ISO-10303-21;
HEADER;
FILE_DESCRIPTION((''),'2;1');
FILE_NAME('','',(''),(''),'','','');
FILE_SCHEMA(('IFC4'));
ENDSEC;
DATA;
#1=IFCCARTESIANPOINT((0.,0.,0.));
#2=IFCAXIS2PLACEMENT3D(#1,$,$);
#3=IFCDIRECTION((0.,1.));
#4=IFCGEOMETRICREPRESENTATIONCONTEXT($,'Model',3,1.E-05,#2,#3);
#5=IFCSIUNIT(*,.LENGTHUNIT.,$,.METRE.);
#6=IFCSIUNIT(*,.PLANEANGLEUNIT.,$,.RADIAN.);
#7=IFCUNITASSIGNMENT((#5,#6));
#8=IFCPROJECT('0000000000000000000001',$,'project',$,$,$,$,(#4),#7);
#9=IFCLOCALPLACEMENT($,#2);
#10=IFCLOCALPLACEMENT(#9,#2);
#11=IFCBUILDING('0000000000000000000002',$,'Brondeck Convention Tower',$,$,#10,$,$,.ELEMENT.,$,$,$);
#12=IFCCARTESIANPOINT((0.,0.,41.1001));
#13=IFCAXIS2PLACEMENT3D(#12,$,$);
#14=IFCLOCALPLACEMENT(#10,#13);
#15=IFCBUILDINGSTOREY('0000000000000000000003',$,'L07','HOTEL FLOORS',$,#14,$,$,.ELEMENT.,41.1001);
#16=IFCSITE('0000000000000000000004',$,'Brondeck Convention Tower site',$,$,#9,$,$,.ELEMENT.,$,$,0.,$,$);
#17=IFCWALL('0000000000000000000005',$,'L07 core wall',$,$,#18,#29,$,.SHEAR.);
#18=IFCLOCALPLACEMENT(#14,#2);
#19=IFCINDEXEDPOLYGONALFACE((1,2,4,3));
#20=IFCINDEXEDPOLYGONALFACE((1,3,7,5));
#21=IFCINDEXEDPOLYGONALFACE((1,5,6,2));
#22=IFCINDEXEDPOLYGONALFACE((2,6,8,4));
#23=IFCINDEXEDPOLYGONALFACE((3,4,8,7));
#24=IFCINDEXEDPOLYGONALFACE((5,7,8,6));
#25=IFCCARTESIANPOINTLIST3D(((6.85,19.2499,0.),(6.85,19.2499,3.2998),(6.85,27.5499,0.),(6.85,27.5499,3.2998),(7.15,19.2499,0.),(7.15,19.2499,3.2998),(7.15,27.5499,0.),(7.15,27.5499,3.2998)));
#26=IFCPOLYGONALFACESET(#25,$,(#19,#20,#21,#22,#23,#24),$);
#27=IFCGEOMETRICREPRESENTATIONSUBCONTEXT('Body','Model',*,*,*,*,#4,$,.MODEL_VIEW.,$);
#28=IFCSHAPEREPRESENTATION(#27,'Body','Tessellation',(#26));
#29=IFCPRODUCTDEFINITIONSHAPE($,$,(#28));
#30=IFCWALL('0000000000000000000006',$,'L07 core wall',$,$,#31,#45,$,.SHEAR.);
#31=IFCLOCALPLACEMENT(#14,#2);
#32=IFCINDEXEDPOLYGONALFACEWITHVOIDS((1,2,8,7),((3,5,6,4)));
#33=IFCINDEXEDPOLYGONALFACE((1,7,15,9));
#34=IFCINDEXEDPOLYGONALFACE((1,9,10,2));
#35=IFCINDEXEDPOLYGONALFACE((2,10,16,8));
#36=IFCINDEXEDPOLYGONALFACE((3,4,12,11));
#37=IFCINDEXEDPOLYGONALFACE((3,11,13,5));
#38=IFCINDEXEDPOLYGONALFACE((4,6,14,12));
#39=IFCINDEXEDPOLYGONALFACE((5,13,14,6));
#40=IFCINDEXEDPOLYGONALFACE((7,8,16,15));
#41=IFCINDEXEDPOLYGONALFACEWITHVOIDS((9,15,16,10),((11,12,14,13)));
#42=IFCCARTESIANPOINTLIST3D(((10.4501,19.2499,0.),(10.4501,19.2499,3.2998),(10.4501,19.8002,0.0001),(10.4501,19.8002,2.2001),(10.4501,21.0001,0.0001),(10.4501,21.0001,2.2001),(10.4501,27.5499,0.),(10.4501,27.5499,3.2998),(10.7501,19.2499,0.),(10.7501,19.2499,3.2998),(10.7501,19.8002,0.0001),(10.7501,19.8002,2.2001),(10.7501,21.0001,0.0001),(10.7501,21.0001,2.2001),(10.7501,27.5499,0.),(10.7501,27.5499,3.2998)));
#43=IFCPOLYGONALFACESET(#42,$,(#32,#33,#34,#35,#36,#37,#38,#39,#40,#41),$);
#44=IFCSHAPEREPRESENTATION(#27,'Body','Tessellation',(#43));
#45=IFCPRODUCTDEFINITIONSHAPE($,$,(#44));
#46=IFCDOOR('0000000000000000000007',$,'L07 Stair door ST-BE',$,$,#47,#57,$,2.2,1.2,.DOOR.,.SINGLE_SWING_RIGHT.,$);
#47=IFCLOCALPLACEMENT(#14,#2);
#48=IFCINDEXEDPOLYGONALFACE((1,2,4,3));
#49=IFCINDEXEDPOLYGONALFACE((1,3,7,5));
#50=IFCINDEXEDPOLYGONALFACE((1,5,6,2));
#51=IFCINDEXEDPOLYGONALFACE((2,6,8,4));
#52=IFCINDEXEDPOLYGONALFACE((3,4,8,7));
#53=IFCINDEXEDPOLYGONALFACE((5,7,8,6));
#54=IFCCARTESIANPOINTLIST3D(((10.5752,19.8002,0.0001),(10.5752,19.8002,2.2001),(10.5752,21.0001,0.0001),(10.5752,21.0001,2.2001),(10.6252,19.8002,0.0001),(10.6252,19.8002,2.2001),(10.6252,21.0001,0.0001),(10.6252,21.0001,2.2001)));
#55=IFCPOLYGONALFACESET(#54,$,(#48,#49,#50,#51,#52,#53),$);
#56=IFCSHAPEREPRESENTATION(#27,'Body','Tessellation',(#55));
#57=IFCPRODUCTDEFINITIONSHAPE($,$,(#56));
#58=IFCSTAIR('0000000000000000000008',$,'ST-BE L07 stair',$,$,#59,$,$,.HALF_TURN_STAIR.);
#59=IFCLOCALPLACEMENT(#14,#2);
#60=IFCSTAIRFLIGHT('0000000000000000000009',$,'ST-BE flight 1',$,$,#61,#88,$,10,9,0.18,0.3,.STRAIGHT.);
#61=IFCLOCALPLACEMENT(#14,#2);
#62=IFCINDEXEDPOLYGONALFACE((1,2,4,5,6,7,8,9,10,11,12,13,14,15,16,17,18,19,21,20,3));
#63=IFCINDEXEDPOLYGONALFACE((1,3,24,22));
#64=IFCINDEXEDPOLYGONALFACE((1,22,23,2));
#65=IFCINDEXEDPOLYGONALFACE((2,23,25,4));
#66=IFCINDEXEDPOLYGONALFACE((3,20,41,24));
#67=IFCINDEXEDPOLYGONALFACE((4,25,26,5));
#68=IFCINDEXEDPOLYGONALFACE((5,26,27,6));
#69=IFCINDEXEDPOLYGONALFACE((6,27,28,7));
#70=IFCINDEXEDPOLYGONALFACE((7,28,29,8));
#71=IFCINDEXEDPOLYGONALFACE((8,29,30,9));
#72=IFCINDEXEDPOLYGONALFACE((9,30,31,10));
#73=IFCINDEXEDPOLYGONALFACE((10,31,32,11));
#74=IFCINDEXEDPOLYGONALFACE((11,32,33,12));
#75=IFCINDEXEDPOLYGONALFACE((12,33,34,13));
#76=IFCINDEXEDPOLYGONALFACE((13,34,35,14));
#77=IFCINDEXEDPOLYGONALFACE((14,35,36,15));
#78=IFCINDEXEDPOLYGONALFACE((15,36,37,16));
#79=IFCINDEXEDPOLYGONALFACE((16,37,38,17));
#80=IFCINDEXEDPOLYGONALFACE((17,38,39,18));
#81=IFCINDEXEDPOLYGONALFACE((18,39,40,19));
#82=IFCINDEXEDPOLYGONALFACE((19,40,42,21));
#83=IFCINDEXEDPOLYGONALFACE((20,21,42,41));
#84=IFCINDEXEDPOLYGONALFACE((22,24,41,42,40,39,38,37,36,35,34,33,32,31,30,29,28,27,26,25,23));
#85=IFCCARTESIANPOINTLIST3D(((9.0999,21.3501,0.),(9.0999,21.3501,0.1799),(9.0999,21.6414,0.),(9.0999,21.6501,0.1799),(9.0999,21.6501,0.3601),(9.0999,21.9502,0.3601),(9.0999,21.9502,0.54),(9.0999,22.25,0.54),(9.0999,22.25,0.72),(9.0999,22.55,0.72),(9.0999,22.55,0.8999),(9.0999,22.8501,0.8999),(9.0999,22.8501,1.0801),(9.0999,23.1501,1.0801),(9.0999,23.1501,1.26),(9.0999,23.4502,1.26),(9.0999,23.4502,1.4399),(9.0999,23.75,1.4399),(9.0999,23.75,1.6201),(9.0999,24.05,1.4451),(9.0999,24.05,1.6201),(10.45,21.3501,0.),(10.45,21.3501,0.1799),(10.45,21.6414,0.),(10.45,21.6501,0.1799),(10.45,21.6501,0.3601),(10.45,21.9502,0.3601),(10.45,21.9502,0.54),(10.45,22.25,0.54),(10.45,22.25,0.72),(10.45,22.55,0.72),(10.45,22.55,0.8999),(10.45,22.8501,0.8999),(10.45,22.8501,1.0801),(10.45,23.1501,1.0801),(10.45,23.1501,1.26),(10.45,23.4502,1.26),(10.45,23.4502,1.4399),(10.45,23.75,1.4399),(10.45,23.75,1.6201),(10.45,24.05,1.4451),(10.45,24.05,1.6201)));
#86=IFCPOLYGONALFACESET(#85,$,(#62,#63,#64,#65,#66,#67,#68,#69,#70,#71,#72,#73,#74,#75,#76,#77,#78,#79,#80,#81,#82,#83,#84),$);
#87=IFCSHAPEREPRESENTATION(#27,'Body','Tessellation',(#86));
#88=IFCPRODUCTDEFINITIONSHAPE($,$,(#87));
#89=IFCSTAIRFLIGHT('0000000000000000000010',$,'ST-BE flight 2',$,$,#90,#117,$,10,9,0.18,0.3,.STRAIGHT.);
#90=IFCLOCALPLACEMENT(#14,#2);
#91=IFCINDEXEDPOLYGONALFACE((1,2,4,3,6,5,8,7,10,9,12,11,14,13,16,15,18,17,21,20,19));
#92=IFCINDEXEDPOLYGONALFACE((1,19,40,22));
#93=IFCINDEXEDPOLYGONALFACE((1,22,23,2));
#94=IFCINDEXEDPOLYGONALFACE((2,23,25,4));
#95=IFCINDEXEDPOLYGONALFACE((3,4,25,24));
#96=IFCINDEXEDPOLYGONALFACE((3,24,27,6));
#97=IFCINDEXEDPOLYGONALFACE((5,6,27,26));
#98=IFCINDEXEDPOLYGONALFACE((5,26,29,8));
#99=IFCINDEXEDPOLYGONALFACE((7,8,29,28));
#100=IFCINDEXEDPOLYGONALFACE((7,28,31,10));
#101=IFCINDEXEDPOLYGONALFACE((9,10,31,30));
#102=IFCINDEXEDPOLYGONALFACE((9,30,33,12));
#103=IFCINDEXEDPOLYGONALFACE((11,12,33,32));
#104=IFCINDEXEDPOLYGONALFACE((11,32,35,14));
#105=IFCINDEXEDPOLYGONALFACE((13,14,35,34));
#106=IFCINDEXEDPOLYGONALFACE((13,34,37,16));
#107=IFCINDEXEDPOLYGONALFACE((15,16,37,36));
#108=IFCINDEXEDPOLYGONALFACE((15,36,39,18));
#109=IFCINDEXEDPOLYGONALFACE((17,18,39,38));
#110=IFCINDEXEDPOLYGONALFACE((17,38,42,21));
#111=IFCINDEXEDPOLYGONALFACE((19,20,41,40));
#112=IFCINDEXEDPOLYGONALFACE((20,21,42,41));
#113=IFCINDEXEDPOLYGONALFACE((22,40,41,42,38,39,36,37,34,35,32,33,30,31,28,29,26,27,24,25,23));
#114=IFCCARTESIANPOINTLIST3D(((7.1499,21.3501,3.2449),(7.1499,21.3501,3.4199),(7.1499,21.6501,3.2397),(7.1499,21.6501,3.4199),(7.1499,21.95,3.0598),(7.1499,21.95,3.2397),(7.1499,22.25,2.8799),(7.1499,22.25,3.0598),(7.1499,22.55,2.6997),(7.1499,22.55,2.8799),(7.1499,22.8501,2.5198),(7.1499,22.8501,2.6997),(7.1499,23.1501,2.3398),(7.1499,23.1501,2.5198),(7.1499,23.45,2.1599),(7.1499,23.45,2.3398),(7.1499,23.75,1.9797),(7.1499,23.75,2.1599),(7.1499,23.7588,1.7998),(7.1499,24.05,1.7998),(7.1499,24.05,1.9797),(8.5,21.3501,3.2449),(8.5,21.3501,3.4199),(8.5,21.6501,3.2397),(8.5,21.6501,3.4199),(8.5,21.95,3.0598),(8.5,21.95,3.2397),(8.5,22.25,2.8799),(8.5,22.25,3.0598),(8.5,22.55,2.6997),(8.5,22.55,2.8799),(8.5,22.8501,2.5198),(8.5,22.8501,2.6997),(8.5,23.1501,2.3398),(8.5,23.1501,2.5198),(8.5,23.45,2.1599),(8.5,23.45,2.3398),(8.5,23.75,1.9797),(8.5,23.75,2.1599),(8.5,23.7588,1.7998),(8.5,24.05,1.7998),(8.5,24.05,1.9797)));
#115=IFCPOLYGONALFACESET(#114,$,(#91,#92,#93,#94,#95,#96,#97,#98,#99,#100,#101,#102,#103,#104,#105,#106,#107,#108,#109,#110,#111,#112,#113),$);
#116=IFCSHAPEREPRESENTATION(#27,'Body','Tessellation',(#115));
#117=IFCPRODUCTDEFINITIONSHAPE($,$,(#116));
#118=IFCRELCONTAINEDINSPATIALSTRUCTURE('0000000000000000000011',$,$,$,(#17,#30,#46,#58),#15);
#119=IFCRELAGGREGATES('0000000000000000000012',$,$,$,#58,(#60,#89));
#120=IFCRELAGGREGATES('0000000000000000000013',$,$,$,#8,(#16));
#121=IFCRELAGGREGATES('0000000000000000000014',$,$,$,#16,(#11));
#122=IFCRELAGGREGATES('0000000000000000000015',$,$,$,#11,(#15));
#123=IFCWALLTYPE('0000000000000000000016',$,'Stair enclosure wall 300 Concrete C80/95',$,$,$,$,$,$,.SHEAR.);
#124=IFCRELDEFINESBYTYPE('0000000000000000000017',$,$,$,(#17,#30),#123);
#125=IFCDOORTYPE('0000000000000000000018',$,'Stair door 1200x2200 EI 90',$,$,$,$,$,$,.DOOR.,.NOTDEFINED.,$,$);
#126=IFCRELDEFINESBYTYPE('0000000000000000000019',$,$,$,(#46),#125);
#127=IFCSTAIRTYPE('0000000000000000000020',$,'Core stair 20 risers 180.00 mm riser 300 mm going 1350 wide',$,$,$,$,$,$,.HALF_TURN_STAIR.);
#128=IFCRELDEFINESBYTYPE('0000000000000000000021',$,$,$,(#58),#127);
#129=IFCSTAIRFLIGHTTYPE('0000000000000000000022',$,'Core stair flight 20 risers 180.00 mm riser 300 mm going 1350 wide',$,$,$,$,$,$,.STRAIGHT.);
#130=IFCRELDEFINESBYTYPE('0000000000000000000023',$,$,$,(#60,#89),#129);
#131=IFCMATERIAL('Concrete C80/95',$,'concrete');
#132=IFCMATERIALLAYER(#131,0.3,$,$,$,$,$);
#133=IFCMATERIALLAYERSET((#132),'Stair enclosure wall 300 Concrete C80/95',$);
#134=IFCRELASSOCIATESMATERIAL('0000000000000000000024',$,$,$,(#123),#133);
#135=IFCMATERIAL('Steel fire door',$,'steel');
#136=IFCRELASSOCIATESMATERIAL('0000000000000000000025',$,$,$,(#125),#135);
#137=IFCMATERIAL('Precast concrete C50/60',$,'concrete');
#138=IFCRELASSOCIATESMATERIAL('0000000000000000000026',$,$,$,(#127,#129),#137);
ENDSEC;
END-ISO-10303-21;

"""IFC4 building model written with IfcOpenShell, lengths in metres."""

from ifc_helpers import new_model, si_unit, direction, frame, frame_2d, origin, place, context, subcontext, project, spatial, polyline, rectangle, outline, extrude, material, layer, layer_set, type_object, element, fill, aggregate, save


model = new_model("IFC4")

# Units and contexts
model_context = context("Model", 3, precision=1e-05, world=origin(), true_north=direction((0.0, 1.0)))
body_context = subcontext(model_context, "Body", "Model", "MODEL_VIEW")
ifc_project = project(units=[si_unit("LENGTHUNIT", "METRE"), si_unit("PLANEANGLEUNIT", "RADIAN")], contexts=[model_context])

# Site, building, storey
site_placement = place(None, origin())
site = spatial("IfcSite", under=ifc_project, at=site_placement, Name="Brondeck Convention Tower site", CompositionType="ELEMENT", RefElevation=0.0)
building_placement = place(site_placement, origin())
building = spatial("IfcBuilding", under=site, at=building_placement, Name="Brondeck Convention Tower", CompositionType="ELEMENT")
storey_placement = place(building_placement, frame((0.0, 0.0, 41.1001)))
storey = spatial("IfcBuildingStorey", under=building, at=storey_placement, Name="L07", Description="HOTEL FLOORS", CompositionType="ELEMENT", Elevation=41.1001)

# Shared definitions
ifc_material_1 = material(Name="Concrete C80/95", Category="concrete")

# Wall
ifc_layer_1 = layer(ifc_material_1, 0.3)
ifc_layer_set_1 = layer_set([ifc_layer_1], Name="Stair enclosure wall 300 Concrete C80/95")
wall_type_1 = type_object("IfcWallType", Name="Stair enclosure wall 300 Concrete C80/95", PredefinedType="SHEAR", material=ifc_layer_set_1)
wall_1_placement = place(storey_placement, frame((7.0, 19.25, 0.0), z_axis=(0.0, 0.0, 1.0), x_axis=(0.0, 1.0, 0.0)))
element("IfcWall", 1, at=wall_1_placement, inside=storey, type_object=wall_type_1, Name="L07 core wall", PredefinedType="SHEAR", context=body_context, shape_type="SweptSolid", body=[
    extrude(rectangle(XDim=8.3, YDim=0.3, at=frame_2d((4.1499, 0.0))), origin(), (0.0, 0.0, 1.0), 3.2998),
])

# Wall, opening, door
wall_2_placement = place(storey_placement, frame((10.6001, 19.25, 0.0), z_axis=(0.0, 0.0, 1.0), x_axis=(0.0, 1.0, 0.0)))
wall_2 = element("IfcWall", 2, at=wall_2_placement, inside=storey, type_object=wall_type_1, Name="L07 core wall", PredefinedType="SHEAR", context=body_context, shape_type="SweptSolid", body=[
    extrude(rectangle(XDim=8.3, YDim=0.3, at=frame_2d((4.1499, 0.0))), origin(), (0.0, 0.0, 1.0), 3.2998),
])
opening_1_placement = place(wall_2_placement, frame((0.55, 0.0, 0.0)))
opening_1 = element("IfcOpeningElement", 3, at=opening_1_placement, cuts=wall_2, PredefinedType="OPENING", context=body_context, shape_type="SweptSolid", body=[
    extrude(rectangle(XDim=1.2, YDim=2.2, at=frame_2d((0.6001, 1.1001))), frame((0.0, 0.1599, 0.0), z_axis=(0.0, -1.0, 0.0), x_axis=(1.0, 0.0, 0.0)), (0.0, 0.0, 1.0), 0.3201),
])
ifc_material_2 = material(Name="Steel fire door", Category="steel")
door_type = type_object("IfcDoorType", Name="Stair door 1200x2200 EI 90", OperationType="NOTDEFINED", PredefinedType="DOOR", material=ifc_material_2)
door_placement = place(opening_1_placement, origin())
door = element("IfcDoor", 4, at=door_placement, inside=storey, type_object=door_type, Name="L07 Stair door ST-BE", OperationType="SINGLE_SWING_RIGHT", OverallHeight=2.2, OverallWidth=1.2, PredefinedType="DOOR", context=body_context, shape_type="SweptSolid", body=[
    extrude(rectangle(XDim=1.2, YDim=2.2, at=frame_2d((0.6001, 1.1001))), frame((0.0, 0.0249, 0.0), z_axis=(0.0, -1.0, 0.0), x_axis=(1.0, 0.0, 0.0)), (0.0, 0.0, 1.0), 0.05),
])
fill(opening_1, door)

# Stair, stair flights
ifc_material_3 = material(Name="Precast concrete C50/60", Category="concrete")
stair_type = type_object("IfcStairType", Name="Core stair 20 risers 180.00 mm riser 300 mm going 1350 wide", PredefinedType="HALF_TURN_STAIR", material=ifc_material_3)
stair_placement = place(storey_placement, origin())
stair = element("IfcStair", 5, at=stair_placement, inside=storey, type_object=stair_type, Name="ST-BE L07 stair", PredefinedType="HALF_TURN_STAIR")
stair_flight_type = type_object("IfcStairFlightType", Name="Core stair flight 20 risers 180.00 mm riser 300 mm going 1350 wide", PredefinedType="STRAIGHT", material=ifc_material_3)
stair_flight_1_placement = place(storey_placement, frame((9.7749, 21.3501, 0.0), z_axis=(0.0, 0.0, 1.0), x_axis=(0.0, 1.0, 0.0)))
stair_flight_1 = element("IfcStairFlight", 6, at=stair_flight_1_placement, type_object=stair_flight_type, Name="ST-BE flight 1", NumberOfRisers=10, NumberOfTreads=9, PredefinedType="STRAIGHT", RiserHeight=0.18, TreadLength=0.3, context=body_context, shape_type="SweptSolid", body=[
    extrude(outline(polyline([(0.0, 0.0), (0.0, 0.1799), (0.3, 0.1799), (0.3, 0.3601), (0.6001, 0.3601), (0.6001, 0.54), (0.8999, 0.54), (0.8999, 0.72), (1.2, 0.72), (1.2, 0.8999), (1.5, 0.8999), (1.5, 1.0801), (1.8, 1.0801), (1.8, 1.26), (2.1001, 1.26), (2.1001, 1.4399), (2.3999, 1.4399), (2.3999, 1.6201), (2.7, 1.6201), (2.7, 1.8), (2.7, 1.4451), (0.2913, 0.0), (0.0, 0.0)])), frame((0.0, 0.675, 0.0), z_axis=(0.0, -1.0, 0.0), x_axis=(1.0, 0.0, 0.0)), (0.0, 0.0, 1.0), 1.3501),
])
stair_flight_2_placement = place(storey_placement, frame((7.825, 24.05, 1.7998), z_axis=(0.0, 0.0, 1.0), x_axis=(0.0, -1.0, 0.0)))
stair_flight_2 = element("IfcStairFlight", 7, at=stair_flight_2_placement, type_object=stair_flight_type, Name="ST-BE flight 2", NumberOfRisers=10, NumberOfTreads=9, PredefinedType="STRAIGHT", RiserHeight=0.18, TreadLength=0.3, context=body_context, shape_type="SweptSolid", body=[
    extrude(outline(polyline([(0.0, 0.0), (0.0, 0.1799), (0.3, 0.1799), (0.3, 0.3601), (0.6001, 0.3601), (0.6001, 0.54), (0.8999, 0.54), (0.8999, 0.72), (1.2, 0.72), (1.2, 0.8999), (1.5, 0.8999), (1.5, 1.0801), (1.8, 1.0801), (1.8, 1.26), (2.1001, 1.26), (2.1001, 1.4399), (2.3999, 1.4399), (2.3999, 1.6201), (2.7, 1.6201), (2.7, 1.8), (2.7, 1.4451), (0.2913, 0.0), (0.0, 0.0)])), frame((0.0, 0.675, 0.0), z_axis=(0.0, -1.0, 0.0), x_axis=(1.0, 0.0, 0.0)), (0.0, 0.0, 1.0), 1.3501),
])
aggregate(stair, [stair_flight_1, stair_flight_2])

save(model, "model.ifc")
